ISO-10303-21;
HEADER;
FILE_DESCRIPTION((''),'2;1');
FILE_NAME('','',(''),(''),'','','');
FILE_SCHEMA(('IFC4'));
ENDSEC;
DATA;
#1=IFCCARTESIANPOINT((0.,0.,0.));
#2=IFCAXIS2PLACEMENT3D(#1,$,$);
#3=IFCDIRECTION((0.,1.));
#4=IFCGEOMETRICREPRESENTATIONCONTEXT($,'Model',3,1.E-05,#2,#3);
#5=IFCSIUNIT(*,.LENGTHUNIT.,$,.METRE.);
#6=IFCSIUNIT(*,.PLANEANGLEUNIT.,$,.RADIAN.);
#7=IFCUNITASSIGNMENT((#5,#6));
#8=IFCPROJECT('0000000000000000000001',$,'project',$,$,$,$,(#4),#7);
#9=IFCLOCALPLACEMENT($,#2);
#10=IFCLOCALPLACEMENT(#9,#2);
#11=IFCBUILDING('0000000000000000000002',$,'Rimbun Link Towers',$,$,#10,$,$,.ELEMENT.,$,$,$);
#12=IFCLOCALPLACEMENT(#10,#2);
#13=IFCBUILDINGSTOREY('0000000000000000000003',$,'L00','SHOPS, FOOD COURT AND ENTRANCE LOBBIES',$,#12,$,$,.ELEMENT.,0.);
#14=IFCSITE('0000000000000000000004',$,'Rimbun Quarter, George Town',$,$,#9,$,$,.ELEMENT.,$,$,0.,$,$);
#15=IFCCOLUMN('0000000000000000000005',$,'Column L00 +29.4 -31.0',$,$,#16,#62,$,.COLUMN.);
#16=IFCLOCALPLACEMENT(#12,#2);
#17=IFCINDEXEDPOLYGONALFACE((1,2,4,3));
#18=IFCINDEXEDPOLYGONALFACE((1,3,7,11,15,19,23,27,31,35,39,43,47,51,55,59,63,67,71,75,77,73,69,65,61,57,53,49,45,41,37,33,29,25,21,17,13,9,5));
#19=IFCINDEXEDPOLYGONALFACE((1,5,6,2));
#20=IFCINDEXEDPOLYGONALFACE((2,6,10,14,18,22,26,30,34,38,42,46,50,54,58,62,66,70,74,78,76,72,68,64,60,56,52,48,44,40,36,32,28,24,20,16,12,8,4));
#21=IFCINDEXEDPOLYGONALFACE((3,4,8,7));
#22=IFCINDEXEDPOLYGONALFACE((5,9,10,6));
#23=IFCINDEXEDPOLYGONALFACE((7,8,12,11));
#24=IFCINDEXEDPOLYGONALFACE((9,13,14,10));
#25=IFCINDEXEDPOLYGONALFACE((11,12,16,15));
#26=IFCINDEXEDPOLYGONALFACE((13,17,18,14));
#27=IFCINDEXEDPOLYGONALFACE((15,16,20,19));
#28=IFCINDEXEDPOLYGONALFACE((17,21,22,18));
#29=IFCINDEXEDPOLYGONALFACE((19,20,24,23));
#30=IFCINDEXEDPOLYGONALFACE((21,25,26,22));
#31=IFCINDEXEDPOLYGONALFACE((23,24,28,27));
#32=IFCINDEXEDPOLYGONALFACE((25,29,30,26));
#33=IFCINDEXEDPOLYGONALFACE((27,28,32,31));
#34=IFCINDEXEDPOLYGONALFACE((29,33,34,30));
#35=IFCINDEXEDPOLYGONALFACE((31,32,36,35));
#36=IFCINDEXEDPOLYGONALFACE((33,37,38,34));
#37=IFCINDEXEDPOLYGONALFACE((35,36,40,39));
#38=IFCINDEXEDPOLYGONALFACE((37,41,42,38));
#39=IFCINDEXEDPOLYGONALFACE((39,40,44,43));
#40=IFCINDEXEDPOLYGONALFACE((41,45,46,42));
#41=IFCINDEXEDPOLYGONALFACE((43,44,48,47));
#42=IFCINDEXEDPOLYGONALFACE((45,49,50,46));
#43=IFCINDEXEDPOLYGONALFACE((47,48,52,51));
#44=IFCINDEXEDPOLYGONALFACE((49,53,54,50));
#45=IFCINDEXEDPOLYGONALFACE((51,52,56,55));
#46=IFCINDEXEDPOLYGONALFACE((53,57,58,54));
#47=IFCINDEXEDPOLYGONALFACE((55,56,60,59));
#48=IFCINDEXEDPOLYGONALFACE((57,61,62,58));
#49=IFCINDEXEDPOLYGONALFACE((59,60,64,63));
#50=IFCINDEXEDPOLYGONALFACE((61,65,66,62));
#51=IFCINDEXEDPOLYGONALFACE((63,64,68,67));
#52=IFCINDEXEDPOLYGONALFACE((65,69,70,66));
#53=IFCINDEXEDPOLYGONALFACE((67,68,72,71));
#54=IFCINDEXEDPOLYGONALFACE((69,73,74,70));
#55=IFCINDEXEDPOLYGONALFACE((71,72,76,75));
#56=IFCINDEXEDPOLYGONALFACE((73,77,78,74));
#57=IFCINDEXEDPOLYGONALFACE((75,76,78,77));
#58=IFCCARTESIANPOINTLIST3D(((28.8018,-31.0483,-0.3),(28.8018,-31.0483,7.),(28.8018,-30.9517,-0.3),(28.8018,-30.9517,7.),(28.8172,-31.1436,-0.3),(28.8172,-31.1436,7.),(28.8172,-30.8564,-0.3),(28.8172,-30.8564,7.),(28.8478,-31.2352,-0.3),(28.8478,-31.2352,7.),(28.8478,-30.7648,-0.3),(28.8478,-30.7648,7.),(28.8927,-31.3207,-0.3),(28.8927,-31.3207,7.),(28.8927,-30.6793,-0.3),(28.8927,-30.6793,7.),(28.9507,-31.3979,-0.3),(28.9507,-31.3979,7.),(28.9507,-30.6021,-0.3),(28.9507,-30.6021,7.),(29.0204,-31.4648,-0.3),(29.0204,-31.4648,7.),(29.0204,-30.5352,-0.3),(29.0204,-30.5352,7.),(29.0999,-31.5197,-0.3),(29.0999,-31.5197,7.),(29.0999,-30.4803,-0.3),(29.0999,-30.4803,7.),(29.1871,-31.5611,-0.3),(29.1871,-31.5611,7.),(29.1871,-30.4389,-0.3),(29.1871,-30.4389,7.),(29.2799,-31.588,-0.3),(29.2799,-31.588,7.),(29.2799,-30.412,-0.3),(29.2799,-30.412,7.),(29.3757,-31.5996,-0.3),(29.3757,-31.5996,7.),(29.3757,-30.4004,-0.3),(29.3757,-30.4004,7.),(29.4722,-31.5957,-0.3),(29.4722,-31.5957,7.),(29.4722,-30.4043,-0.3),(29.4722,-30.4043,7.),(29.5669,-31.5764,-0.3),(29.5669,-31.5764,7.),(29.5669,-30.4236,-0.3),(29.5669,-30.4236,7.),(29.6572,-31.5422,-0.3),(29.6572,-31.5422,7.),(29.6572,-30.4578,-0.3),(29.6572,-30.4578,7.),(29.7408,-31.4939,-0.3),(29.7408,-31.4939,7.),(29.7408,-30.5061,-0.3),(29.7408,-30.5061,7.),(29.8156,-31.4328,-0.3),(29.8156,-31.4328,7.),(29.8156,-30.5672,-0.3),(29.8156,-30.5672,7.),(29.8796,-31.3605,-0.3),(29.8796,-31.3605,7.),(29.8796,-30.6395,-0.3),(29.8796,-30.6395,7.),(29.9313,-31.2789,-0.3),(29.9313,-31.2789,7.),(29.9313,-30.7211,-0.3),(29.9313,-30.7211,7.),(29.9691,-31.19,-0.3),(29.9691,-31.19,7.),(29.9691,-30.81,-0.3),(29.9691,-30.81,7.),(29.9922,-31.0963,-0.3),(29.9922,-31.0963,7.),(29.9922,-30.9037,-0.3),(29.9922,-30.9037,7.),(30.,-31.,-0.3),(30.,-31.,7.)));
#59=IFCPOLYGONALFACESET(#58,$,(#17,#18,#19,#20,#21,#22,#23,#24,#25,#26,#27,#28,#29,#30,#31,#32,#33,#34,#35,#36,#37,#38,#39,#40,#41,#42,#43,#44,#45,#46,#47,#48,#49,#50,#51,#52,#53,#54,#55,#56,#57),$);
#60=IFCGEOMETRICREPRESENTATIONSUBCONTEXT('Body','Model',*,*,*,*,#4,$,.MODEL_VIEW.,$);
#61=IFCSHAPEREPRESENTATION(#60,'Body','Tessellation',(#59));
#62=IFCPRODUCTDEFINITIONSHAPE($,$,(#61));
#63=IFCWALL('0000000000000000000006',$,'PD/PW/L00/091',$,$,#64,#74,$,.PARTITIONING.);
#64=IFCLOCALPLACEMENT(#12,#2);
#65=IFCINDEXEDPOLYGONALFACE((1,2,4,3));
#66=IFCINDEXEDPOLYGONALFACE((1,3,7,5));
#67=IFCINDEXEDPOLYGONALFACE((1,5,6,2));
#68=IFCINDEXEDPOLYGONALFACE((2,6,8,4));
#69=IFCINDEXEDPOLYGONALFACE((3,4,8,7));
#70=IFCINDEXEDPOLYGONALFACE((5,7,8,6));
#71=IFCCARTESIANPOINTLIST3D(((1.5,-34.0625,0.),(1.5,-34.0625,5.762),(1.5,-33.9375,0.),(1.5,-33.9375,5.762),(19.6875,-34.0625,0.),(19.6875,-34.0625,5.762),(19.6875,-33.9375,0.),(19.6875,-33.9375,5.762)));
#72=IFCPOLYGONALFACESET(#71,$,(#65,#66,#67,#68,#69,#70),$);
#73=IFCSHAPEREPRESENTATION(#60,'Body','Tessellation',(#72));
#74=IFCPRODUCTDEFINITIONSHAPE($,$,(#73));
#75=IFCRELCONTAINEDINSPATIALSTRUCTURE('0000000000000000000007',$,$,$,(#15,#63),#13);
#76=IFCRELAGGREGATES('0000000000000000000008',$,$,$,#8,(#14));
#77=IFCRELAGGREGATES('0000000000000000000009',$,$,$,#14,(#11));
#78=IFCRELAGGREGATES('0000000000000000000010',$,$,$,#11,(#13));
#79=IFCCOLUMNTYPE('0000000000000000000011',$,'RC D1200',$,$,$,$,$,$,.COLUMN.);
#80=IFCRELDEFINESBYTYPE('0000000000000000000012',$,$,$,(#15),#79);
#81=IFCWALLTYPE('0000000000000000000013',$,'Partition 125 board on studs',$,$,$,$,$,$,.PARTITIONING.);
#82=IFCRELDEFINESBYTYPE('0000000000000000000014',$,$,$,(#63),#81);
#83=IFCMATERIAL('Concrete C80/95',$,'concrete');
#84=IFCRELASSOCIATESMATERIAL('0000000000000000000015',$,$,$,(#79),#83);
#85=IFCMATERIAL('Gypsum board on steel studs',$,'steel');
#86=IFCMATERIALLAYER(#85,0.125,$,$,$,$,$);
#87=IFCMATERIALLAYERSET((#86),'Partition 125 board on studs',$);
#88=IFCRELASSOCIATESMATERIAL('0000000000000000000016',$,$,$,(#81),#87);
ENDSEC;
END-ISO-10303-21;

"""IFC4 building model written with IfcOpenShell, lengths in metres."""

from ifc_helpers import new_model, si_unit, direction, frame, frame_2d, origin, origin_2d, place, context, subcontext, project, spatial, rectangle, circle, extrude, material, layer, layer_set, material_profile, profile_set, type_object, element, save


model = new_model("IFC4")

# Units and contexts
model_context = context("Model", 3, precision=1e-05, world=origin(), true_north=direction((0.0, 1.0)))
body_context = subcontext(model_context, "Body", "Model", "MODEL_VIEW")
ifc_project = project(units=[si_unit("LENGTHUNIT", "METRE"), si_unit("PLANEANGLEUNIT", "RADIAN")], contexts=[model_context])

# Site, building, storey
site_placement = place(None, origin())
site = spatial("IfcSite", under=ifc_project, at=site_placement, Name="Rimbun Quarter, George Town", CompositionType="ELEMENT", RefElevation=0.0)
building_placement = place(site_placement, origin())
building = spatial("IfcBuilding", under=site, at=building_placement, Name="Rimbun Link Towers", CompositionType="ELEMENT")
storey_placement = place(building_placement, origin())
storey = spatial("IfcBuildingStorey", under=building, at=storey_placement, Name="L00", Description="SHOPS, FOOD COURT AND ENTRANCE LOBBIES", CompositionType="ELEMENT", Elevation=0.0)

# Column
ifc_material_1 = material(Name="Concrete C80/95", Category="concrete")
ifc_material_profile_1 = material_profile(ifc_material_1, circle(Radius=0.6001, at=origin_2d()), Name="RC D1200")
ifc_profile_set_1 = profile_set([ifc_material_profile_1], Name="Concrete C80/95")
column_type = type_object("IfcColumnType", Name="RC D1200", PredefinedType="COLUMN", material=ifc_profile_set_1)
for number, where, z_axis, x_axis, name in (
    (1, (29.3999, -31.0, -0.3), (0.0, 0.0, 1.0), (1.0, 0.0, 0.0), "Column L00 +29.4 -31.0"),
):
    element("IfcColumn", number, at=place(storey_placement, frame(where, z_axis=z_axis, x_axis=x_axis)), inside=storey, type_object=column_type, Name=name, PredefinedType="COLUMN", context=body_context, shape_type="SweptSolid", body=[
        extrude(circle(Radius=0.6001, at=origin_2d()), origin(), (0.0, 0.0, 1.0), 7.3),
    ])

# Wall
ifc_material_2 = material(Name="Gypsum board on steel studs", Category="steel")
ifc_layer = layer(ifc_material_2, 0.125)
ifc_layer_set = layer_set([ifc_layer], Name="Partition 125 board on studs")
wall_type = type_object("IfcWallType", Name="Partition 125 board on studs", PredefinedType="PARTITIONING", material=ifc_layer_set)
wall_placement = place(storey_placement, frame((19.6875, -34.0, 0.0), z_axis=(0.0, 0.0, 1.0), x_axis=(-1.0, 0.0, 0.0)))
element("IfcWall", 2, at=wall_placement, inside=storey, type_object=wall_type, Name="PD/PW/L00/091", PredefinedType="PARTITIONING", context=body_context, shape_type="SweptSolid", body=[
    extrude(rectangle(XDim=18.1875, YDim=0.125, at=frame_2d((9.0938, 0.0))), origin(), (0.0, 0.0, 1.0), 5.762),
])

save(model, "model.ifc")
